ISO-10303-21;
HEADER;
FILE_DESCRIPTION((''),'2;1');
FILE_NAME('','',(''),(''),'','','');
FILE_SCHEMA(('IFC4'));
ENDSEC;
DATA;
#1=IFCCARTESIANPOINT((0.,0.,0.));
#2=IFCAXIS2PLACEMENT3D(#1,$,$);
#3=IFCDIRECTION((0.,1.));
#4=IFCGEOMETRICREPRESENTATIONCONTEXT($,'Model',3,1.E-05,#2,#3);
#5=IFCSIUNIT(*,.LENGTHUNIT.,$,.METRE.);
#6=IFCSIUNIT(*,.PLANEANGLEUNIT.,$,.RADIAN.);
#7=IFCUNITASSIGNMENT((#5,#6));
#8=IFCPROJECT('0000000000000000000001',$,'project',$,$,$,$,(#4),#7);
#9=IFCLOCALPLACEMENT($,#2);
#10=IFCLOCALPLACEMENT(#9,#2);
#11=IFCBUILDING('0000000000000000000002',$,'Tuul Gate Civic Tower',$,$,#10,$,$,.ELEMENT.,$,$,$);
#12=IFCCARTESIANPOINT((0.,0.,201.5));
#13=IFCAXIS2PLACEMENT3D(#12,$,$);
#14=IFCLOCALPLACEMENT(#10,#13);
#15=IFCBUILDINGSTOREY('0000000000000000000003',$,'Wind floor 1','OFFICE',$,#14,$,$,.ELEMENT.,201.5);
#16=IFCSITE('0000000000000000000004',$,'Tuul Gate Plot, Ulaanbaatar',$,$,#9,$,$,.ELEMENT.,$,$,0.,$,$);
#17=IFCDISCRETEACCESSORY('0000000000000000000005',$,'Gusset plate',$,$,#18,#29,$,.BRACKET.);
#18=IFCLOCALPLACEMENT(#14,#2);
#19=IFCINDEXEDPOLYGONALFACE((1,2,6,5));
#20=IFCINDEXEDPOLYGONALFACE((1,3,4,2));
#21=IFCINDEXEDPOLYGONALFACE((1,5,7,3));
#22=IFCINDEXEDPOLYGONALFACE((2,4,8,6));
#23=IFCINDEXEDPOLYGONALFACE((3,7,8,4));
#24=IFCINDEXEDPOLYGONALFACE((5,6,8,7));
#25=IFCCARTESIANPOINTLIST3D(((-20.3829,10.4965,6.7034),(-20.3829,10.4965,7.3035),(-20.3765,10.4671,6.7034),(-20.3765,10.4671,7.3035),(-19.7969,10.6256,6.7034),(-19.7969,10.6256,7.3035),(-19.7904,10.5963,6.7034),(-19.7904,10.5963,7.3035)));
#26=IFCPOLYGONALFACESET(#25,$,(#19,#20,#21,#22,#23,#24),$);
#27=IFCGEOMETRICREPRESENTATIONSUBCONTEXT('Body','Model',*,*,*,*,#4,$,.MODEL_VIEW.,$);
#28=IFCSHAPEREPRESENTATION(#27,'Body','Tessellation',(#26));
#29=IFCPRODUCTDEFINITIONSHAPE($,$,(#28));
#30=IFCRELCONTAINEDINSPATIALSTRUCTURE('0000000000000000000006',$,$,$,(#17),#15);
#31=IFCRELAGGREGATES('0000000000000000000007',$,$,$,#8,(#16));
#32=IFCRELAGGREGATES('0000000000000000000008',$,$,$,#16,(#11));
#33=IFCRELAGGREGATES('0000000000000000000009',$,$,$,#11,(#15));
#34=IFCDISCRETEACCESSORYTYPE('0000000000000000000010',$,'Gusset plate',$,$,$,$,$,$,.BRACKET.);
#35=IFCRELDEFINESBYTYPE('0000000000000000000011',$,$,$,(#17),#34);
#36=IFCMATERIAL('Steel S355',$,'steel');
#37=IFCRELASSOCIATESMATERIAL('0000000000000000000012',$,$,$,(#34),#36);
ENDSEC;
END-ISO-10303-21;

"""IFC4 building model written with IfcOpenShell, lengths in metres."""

from ifc_helpers import new_model, si_unit, direction, frame, origin, origin_2d, place, context, subcontext, project, spatial, rectangle, extrude, material, type_object, element, save


model = new_model("IFC4")

# Units and contexts
model_context = context("Model", 3, precision=1e-05, world=origin(), true_north=direction((0.0, 1.0)))
body_context = subcontext(model_context, "Body", "Model", "MODEL_VIEW")
ifc_project = project(units=[si_unit("LENGTHUNIT", "METRE"), si_unit("PLANEANGLEUNIT", "RADIAN")], contexts=[model_context])

# Site, building, storey
site_placement = place(None, origin())
site = spatial("IfcSite", under=ifc_project, at=site_placement, Name="Tuul Gate Plot, Ulaanbaatar", CompositionType="ELEMENT", RefElevation=0.0)
building_placement = place(site_placement, origin())
building = spatial("IfcBuilding", under=site, at=building_placement, Name="Tuul Gate Civic Tower", CompositionType="ELEMENT")
storey_placement = place(building_placement, frame((0.0, 0.0, 201.5)))
storey = spatial("IfcBuildingStorey", under=building, at=storey_placement, Name="Wind floor 1", Description="OFFICE", CompositionType="ELEMENT", Elevation=201.5)

# Discrete accessory
ifc_material_1 = material(Name="Steel S355", Category="steel")
discrete_accessory_type = type_object("IfcDiscreteAccessoryType", Name="Gusset plate", PredefinedType="BRACKET", material=ifc_material_1)
for number, where, z_axis, x_axis, name in (
    (1, (-20.0867, 10.5464, 6.7034), (0.0, 0.0, 1.0), (0.976565, 0.215224, 0.0), "Gusset plate"),
):
    element("IfcDiscreteAccessory", number, at=place(storey_placement, frame(where, z_axis=z_axis, x_axis=x_axis)), inside=storey, type_object=discrete_accessory_type, Name=name, PredefinedType="BRACKET", context=body_context, shape_type="SweptSolid", body=[
        extrude(rectangle(XDim=0.6001, YDim=0.03, at=origin_2d()), origin(), (0.0, 0.0, 1.0), 0.6001),
    ])

save(model, "model.ifc")
